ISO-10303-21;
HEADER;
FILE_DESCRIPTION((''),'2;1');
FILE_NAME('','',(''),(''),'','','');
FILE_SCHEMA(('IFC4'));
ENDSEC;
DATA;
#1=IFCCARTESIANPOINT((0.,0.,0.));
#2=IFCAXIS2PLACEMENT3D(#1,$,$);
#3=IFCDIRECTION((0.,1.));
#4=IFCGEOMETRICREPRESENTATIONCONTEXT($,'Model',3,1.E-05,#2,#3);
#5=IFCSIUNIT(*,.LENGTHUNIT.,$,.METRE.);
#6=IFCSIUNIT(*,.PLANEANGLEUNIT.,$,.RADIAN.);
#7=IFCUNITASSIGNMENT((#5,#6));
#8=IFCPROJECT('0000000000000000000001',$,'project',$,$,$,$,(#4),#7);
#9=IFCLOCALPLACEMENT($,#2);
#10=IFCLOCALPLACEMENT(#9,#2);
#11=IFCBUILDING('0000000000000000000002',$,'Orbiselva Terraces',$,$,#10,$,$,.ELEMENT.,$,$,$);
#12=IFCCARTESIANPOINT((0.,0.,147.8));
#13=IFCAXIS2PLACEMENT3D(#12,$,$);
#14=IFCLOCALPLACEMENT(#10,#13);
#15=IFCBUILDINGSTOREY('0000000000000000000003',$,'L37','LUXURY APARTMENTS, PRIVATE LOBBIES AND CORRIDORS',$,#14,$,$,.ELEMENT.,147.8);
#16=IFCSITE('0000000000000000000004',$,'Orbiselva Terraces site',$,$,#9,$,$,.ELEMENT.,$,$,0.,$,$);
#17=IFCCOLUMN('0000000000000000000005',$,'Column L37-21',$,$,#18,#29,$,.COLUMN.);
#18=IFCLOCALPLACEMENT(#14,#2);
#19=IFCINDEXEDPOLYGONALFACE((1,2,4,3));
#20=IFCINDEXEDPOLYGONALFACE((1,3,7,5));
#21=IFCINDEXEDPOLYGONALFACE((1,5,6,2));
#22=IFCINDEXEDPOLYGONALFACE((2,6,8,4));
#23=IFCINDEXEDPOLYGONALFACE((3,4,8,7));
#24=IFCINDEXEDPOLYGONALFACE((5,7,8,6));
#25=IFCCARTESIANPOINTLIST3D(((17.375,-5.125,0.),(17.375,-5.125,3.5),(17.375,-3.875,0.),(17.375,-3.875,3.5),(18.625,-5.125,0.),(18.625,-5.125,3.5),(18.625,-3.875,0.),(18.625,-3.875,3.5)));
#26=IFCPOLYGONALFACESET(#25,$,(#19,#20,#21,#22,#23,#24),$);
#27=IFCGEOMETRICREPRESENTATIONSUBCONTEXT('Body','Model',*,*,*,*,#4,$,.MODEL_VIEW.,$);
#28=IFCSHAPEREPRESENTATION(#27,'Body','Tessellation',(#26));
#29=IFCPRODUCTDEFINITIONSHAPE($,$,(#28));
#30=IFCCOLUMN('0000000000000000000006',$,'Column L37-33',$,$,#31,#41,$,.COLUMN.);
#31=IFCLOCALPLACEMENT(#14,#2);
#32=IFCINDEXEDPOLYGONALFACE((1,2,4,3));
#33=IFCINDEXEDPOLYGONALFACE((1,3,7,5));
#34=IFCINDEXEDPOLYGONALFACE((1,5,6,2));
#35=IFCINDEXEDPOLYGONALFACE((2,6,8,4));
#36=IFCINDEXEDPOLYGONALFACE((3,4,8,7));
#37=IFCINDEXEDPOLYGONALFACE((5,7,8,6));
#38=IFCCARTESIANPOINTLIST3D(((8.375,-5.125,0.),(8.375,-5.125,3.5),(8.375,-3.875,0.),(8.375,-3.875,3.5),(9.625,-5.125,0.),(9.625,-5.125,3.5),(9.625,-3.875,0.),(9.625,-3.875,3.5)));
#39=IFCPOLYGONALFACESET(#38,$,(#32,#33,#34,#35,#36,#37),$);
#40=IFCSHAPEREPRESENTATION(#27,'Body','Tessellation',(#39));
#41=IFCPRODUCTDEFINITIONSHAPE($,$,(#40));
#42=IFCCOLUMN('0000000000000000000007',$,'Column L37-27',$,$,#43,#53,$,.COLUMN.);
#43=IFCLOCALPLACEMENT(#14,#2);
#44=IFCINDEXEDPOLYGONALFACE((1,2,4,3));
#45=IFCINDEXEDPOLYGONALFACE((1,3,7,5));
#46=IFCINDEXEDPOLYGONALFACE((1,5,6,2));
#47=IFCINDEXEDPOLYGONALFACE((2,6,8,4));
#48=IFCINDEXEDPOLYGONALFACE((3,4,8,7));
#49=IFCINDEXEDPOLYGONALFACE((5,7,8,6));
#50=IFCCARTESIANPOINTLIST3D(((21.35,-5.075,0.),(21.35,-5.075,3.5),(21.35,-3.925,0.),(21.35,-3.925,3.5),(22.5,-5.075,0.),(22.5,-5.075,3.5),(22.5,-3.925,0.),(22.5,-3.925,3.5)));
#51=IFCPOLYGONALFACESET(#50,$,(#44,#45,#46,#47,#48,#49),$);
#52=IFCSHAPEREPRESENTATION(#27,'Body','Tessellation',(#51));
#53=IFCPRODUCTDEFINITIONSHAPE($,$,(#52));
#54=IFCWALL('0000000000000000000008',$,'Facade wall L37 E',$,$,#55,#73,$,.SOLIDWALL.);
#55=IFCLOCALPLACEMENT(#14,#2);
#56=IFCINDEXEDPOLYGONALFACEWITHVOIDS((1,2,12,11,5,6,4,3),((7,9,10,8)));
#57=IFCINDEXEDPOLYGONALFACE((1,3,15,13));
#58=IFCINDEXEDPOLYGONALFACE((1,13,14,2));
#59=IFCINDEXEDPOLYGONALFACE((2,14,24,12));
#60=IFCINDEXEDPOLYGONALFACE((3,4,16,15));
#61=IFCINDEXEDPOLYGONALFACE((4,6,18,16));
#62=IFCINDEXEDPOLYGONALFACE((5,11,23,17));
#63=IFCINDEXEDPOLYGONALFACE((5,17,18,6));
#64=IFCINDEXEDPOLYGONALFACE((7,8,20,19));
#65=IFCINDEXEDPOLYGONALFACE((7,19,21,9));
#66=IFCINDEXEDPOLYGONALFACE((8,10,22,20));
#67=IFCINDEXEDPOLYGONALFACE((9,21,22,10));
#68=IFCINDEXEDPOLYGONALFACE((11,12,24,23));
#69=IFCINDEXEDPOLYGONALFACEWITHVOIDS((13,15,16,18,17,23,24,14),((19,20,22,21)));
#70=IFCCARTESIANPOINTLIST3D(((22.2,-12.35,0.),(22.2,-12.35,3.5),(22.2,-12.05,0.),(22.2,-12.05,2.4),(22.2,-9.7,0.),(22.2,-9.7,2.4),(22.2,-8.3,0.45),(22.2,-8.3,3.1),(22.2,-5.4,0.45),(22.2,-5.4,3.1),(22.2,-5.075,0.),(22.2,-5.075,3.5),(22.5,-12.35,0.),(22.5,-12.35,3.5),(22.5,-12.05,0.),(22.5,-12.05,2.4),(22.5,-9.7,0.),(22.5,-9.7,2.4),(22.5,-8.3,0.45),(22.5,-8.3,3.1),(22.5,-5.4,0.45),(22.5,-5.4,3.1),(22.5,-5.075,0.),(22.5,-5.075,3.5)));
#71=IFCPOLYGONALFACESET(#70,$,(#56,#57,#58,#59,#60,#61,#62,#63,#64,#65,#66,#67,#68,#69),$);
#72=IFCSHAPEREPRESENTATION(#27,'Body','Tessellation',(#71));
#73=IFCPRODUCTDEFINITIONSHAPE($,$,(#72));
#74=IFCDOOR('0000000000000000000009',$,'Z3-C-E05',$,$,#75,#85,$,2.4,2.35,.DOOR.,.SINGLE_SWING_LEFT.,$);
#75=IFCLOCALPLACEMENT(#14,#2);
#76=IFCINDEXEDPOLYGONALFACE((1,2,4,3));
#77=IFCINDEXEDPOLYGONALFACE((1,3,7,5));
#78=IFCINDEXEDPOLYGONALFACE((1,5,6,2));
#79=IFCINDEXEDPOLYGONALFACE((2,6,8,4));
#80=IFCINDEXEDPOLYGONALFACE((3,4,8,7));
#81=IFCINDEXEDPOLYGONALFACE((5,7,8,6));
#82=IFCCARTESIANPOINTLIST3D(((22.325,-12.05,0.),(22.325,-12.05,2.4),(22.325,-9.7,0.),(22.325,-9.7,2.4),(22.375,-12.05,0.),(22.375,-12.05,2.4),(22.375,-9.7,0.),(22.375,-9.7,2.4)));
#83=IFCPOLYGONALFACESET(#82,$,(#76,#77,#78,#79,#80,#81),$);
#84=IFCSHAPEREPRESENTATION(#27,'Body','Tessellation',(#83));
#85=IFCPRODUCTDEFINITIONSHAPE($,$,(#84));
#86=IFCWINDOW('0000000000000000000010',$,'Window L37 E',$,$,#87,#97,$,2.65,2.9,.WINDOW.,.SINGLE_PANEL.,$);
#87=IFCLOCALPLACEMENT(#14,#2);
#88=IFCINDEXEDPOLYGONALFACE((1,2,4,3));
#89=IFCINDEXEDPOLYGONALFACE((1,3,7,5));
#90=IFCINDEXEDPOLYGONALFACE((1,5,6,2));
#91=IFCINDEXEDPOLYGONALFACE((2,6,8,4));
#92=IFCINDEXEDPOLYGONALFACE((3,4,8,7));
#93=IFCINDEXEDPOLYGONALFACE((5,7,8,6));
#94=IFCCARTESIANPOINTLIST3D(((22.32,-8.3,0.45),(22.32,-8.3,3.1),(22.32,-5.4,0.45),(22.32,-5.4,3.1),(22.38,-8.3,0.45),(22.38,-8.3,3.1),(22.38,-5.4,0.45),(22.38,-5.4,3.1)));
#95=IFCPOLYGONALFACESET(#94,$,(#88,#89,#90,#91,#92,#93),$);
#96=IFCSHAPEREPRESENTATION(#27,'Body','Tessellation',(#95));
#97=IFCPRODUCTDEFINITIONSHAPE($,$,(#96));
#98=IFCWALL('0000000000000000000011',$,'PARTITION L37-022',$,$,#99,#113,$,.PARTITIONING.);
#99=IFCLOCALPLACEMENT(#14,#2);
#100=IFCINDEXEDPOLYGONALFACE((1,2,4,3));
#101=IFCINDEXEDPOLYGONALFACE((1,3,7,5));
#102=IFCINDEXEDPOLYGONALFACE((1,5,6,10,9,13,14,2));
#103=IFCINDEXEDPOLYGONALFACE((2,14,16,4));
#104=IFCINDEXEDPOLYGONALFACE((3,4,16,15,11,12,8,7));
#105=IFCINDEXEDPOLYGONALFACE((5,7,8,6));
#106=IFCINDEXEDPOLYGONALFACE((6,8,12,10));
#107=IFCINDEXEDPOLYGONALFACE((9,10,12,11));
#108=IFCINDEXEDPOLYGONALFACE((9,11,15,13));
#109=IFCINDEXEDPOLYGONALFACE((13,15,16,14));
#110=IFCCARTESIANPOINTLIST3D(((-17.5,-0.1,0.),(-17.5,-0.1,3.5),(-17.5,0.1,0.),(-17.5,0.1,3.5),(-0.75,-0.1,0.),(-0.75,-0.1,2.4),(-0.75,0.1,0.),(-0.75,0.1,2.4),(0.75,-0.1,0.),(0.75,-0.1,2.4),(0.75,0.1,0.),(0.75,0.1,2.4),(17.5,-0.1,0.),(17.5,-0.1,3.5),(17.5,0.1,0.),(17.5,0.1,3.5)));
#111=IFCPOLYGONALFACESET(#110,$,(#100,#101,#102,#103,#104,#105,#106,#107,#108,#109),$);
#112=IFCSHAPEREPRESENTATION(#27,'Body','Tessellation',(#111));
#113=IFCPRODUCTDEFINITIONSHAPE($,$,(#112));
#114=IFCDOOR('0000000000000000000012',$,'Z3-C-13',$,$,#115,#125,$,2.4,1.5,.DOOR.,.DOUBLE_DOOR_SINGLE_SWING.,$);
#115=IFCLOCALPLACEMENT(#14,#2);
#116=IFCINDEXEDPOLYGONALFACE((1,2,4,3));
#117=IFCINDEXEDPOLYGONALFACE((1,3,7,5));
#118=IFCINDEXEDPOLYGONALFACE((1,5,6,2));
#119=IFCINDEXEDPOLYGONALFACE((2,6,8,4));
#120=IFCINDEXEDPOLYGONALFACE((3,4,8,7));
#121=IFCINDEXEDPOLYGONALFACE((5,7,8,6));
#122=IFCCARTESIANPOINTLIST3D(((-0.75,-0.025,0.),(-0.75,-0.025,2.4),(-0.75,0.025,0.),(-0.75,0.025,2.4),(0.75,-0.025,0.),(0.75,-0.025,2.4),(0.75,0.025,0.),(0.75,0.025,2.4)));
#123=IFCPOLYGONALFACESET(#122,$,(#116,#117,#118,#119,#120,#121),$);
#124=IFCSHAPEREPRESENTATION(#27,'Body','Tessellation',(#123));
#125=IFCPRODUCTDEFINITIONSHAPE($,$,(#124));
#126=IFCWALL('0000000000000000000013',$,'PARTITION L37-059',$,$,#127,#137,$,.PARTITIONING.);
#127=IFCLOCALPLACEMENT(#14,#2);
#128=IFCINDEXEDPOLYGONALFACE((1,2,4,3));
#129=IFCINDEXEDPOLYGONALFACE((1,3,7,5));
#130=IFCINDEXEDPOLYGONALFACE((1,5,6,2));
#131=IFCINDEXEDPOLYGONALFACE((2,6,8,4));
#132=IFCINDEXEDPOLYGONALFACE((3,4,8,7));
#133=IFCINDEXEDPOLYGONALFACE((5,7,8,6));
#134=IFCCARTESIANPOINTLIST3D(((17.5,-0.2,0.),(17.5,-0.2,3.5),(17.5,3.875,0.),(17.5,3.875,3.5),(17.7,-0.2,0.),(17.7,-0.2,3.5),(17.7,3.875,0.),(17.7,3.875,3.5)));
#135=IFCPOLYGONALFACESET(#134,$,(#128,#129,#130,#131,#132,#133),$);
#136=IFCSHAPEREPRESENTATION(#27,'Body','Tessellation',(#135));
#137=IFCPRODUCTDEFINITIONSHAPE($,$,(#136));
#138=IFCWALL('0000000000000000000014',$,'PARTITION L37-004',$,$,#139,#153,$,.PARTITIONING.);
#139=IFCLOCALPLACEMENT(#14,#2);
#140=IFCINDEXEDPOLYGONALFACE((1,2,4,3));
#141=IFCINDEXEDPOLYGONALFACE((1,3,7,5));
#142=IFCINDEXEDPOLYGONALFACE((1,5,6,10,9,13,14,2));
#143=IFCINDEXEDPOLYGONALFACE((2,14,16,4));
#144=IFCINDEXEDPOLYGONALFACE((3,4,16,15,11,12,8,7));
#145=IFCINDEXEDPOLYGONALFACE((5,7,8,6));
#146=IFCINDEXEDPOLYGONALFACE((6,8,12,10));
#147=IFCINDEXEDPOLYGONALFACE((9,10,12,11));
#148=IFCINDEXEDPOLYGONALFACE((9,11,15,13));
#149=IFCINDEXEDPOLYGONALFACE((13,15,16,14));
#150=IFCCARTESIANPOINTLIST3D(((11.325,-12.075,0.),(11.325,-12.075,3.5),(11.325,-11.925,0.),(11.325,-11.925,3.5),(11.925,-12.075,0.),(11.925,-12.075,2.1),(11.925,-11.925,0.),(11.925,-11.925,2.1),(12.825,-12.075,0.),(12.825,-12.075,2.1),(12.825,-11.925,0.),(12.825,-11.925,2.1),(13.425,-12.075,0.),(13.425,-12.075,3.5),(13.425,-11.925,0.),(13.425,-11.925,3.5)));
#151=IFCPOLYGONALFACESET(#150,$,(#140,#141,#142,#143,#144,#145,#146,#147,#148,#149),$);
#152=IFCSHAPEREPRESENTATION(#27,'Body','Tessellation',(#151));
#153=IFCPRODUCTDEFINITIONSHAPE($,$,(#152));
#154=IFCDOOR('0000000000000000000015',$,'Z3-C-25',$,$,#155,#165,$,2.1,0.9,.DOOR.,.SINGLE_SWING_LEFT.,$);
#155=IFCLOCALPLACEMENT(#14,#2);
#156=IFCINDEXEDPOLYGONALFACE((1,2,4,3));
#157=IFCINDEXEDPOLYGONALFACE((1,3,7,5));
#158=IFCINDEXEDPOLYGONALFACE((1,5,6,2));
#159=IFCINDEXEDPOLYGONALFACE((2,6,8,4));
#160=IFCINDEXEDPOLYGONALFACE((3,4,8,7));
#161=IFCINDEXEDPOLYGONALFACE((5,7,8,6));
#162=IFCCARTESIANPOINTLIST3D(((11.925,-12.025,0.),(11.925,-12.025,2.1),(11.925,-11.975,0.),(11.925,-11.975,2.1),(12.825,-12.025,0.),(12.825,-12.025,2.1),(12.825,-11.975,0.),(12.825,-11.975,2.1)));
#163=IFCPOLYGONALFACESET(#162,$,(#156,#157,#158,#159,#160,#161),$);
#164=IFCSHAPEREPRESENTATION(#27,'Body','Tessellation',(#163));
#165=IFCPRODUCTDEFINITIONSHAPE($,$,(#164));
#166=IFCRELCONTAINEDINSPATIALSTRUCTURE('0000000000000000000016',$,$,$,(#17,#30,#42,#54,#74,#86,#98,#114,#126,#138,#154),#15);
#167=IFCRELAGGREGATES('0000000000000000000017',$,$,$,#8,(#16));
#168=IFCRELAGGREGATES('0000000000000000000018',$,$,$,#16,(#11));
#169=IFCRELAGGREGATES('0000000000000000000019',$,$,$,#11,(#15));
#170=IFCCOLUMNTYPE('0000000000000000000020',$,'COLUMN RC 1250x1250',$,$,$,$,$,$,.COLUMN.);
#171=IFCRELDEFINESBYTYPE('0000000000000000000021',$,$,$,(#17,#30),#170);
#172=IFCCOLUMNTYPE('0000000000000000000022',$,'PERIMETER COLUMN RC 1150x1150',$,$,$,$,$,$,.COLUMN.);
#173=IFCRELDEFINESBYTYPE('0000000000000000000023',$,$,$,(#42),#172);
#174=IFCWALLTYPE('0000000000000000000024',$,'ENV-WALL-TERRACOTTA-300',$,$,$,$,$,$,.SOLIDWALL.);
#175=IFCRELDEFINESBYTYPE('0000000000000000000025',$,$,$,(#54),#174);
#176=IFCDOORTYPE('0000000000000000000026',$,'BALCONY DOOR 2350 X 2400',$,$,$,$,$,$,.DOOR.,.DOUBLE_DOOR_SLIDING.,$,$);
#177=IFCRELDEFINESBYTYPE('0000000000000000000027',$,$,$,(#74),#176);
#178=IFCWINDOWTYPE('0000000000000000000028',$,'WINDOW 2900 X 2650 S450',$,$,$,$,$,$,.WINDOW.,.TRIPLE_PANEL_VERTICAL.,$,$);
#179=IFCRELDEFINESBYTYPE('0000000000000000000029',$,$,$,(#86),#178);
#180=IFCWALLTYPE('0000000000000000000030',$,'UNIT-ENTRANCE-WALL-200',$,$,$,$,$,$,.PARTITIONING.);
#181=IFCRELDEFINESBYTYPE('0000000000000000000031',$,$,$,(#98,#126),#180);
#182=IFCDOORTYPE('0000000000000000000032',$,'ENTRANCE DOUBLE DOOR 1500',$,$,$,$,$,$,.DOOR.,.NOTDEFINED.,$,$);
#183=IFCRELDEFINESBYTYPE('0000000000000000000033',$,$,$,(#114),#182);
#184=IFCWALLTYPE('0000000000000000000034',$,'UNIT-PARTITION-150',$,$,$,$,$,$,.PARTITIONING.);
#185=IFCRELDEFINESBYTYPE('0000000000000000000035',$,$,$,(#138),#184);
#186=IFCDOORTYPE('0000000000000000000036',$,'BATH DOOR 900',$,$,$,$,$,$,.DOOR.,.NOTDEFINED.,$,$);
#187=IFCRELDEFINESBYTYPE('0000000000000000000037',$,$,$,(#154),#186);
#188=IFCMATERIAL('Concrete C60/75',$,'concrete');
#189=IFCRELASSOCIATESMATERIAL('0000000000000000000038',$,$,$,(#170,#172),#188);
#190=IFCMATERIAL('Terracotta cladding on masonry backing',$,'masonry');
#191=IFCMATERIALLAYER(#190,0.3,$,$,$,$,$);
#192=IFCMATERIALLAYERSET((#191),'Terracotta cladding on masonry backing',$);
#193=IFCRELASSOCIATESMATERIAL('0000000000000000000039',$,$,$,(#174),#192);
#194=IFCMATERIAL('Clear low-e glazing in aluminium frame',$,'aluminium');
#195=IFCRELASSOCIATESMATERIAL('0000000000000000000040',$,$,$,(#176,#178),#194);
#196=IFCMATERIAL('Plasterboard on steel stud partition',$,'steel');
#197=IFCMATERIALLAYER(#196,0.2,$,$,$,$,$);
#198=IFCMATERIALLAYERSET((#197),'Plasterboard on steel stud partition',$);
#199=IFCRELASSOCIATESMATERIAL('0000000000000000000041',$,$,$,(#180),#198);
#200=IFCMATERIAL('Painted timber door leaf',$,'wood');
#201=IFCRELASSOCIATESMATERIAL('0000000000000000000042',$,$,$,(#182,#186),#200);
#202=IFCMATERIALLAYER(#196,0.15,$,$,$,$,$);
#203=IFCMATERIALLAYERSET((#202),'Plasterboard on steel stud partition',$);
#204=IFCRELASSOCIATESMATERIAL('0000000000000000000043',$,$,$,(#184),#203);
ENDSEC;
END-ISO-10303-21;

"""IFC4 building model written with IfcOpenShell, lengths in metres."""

from ifc_helpers import new_model, si_unit, direction, frame, frame_2d, origin, origin_2d, place, context, subcontext, project, spatial, rectangle, extrude, material, layer, layer_set, material_profile, profile_set, type_object, element, fill, save


model = new_model("IFC4")

# Units and contexts
model_context = context("Model", 3, precision=1e-05, world=origin(), true_north=direction((0.0, 1.0)))
body_context = subcontext(model_context, "Body", "Model", "MODEL_VIEW")
ifc_project = project(units=[si_unit("LENGTHUNIT", "METRE"), si_unit("PLANEANGLEUNIT", "RADIAN")], contexts=[model_context])

# Site, building, storey
site_placement = place(None, origin())
site = spatial("IfcSite", under=ifc_project, at=site_placement, Name="Orbiselva Terraces site", CompositionType="ELEMENT", RefElevation=0.0)
building_placement = place(site_placement, origin())
building = spatial("IfcBuilding", under=site, at=building_placement, Name="Orbiselva Terraces", CompositionType="ELEMENT")
storey_placement = place(building_placement, frame((0.0, 0.0, 147.8)))
storey = spatial("IfcBuildingStorey", under=building, at=storey_placement, Name="L37", Description="LUXURY APARTMENTS, PRIVATE LOBBIES AND CORRIDORS", CompositionType="ELEMENT", Elevation=147.8)

# Columns
ifc_material_1 = material(Name="Concrete C60/75", Category="concrete")
ifc_material_profile_1 = material_profile(ifc_material_1, rectangle(XDim=1.25, YDim=1.25, at=origin_2d()), Name="RC 1250x1250")
ifc_profile_set_1 = profile_set([ifc_material_profile_1], Name="Concrete C60/75")
column_type_1 = type_object("IfcColumnType", Name="COLUMN RC 1250x1250", PredefinedType="COLUMN", material=ifc_profile_set_1)
for number, where, z_axis, x_axis, name in (
    (1, (18.0, -4.5, 0.0), (0.0, 0.0, 1.0), (1.0, 0.0, 0.0), "Column L37-21"),
    (2, (9.0, -4.5, 0.0), (0.0, 0.0, 1.0), (1.0, 0.0, 0.0), "Column L37-33"),
):
    element("IfcColumn", number, at=place(storey_placement, frame(where, z_axis=z_axis, x_axis=x_axis)), inside=storey, type_object=column_type_1, Name=name, PredefinedType="COLUMN", context=body_context, shape_type="SweptSolid", body=[
        extrude(rectangle(XDim=1.25, YDim=1.25, at=origin_2d()), origin(), (0.0, 0.0, 1.0), 3.5),
    ])
ifc_material_profile_2 = material_profile(ifc_material_1, rectangle(XDim=1.15, YDim=1.15, at=origin_2d()), Name="RC 1150x1150")
ifc_profile_set_2 = profile_set([ifc_material_profile_2], Name="Concrete C60/75")
column_type_2 = type_object("IfcColumnType", Name="PERIMETER COLUMN RC 1150x1150", PredefinedType="COLUMN", material=ifc_profile_set_2)
column_placement = place(storey_placement, frame((21.925, -4.5, 0.0), z_axis=(0.0, 0.0, 1.0), x_axis=(1.0, 0.0, 0.0)))
element("IfcColumn", 3, at=column_placement, inside=storey, type_object=column_type_2, Name="Column L37-27", PredefinedType="COLUMN", context=body_context, shape_type="SweptSolid", body=[
    extrude(rectangle(XDim=1.15, YDim=1.15, at=origin_2d()), origin(), (0.0, 0.0, 1.0), 3.5),
])

# Wall, openings, door, window
ifc_material_2 = material(Name="Terracotta cladding on masonry backing", Category="masonry")
ifc_layer_1 = layer(ifc_material_2, 0.3)
ifc_layer_set_1 = layer_set([ifc_layer_1], Name="Terracotta cladding on masonry backing")
wall_type_1 = type_object("IfcWallType", Name="ENV-WALL-TERRACOTTA-300", PredefinedType="SOLIDWALL", material=ifc_layer_set_1)
wall_1_placement = place(storey_placement, frame((22.35, -5.075, 0.0), z_axis=(0.0, 0.0, 1.0), x_axis=(0.0, -1.0, 0.0)))
wall_1 = element("IfcWall", 4, at=wall_1_placement, inside=storey, type_object=wall_type_1, Name="Facade wall L37 E", PredefinedType="SOLIDWALL", context=body_context, shape_type="SweptSolid", body=[
    extrude(rectangle(XDim=7.275, YDim=0.3, at=frame_2d((3.6375, 0.0))), origin(), (0.0, 0.0, 1.0), 3.5),
])
opening_1_placement = place(wall_1_placement, frame((4.625, 0.0, 0.0)))
opening_1 = element("IfcOpeningElement", 5, at=opening_1_placement, cuts=wall_1, PredefinedType="OPENING", context=body_context, shape_type="SweptSolid", body=[
    extrude(rectangle(XDim=2.35, YDim=2.4, at=frame_2d((1.175, 1.2))), frame((0.0, 0.16, 0.0), z_axis=(0.0, -1.0, 0.0), x_axis=(1.0, 0.0, 0.0)), (0.0, 0.0, 1.0), 0.32),
])
opening_2_placement = place(wall_1_placement, frame((0.325, 0.0, 0.45)))
opening_2 = element("IfcOpeningElement", 6, at=opening_2_placement, cuts=wall_1, PredefinedType="OPENING", context=body_context, shape_type="SweptSolid", body=[
    extrude(rectangle(XDim=2.9, YDim=2.65, at=frame_2d((1.45, 1.325))), frame((0.0, 0.16, 0.0), z_axis=(0.0, -1.0, 0.0), x_axis=(1.0, 0.0, 0.0)), (0.0, 0.0, 1.0), 0.32),
])
ifc_material_3 = material(Name="Clear low-e glazing in aluminium frame", Category="aluminium")
door_type_1 = type_object("IfcDoorType", Name="BALCONY DOOR 2350 X 2400", OperationType="DOUBLE_DOOR_SLIDING", PredefinedType="DOOR", material=ifc_material_3)
door_1_placement = place(opening_1_placement, origin())
door_1 = element("IfcDoor", 7, at=door_1_placement, inside=storey, type_object=door_type_1, Name="Z3-C-E05", OperationType="SINGLE_SWING_LEFT", OverallHeight=2.4, OverallWidth=2.35, PredefinedType="DOOR", context=body_context, shape_type="SweptSolid", body=[
    extrude(rectangle(XDim=2.35, YDim=2.4, at=frame_2d((1.175, 1.2))), frame((0.0, 0.025, 0.0), z_axis=(0.0, -1.0, 0.0), x_axis=(1.0, 0.0, 0.0)), (0.0, 0.0, 1.0), 0.05),
])
fill(opening_1, door_1)
window_type = type_object("IfcWindowType", Name="WINDOW 2900 X 2650 S450", PartitioningType="TRIPLE_PANEL_VERTICAL", PredefinedType="WINDOW", material=ifc_material_3)
window_placement = place(opening_2_placement, origin())
window = element("IfcWindow", 8, at=window_placement, inside=storey, type_object=window_type, Name="Window L37 E", OverallHeight=2.65, OverallWidth=2.9, PartitioningType="SINGLE_PANEL", PredefinedType="WINDOW", context=body_context, shape_type="SweptSolid", body=[
    extrude(rectangle(XDim=2.9, YDim=2.65, at=frame_2d((1.45, 1.325))), frame((0.0, 0.03, 0.0), z_axis=(0.0, -1.0, 0.0), x_axis=(1.0, 0.0, 0.0)), (0.0, 0.0, 1.0), 0.06),
])
fill(opening_2, window)

# Wall, opening, door
ifc_material_4 = material(Name="Plasterboard on steel stud partition", Category="steel")
ifc_layer_2 = layer(ifc_material_4, 0.2)
ifc_layer_set_2 = layer_set([ifc_layer_2], Name="Plasterboard on steel stud partition")
wall_type_2 = type_object("IfcWallType", Name="UNIT-ENTRANCE-WALL-200", PredefinedType="PARTITIONING", material=ifc_layer_set_2)
wall_2_placement = place(storey_placement, frame((17.5, 0.0, 0.0), z_axis=(0.0, 0.0, 1.0), x_axis=(-1.0, 0.0, 0.0)))
wall_2 = element("IfcWall", 9, at=wall_2_placement, inside=storey, type_object=wall_type_2, Name="PARTITION L37-022", PredefinedType="PARTITIONING", context=body_context, shape_type="SweptSolid", body=[
    extrude(rectangle(XDim=35.0, YDim=0.2, at=frame_2d((17.5, 0.0))), origin(), (0.0, 0.0, 1.0), 3.5),
])
opening_3_placement = place(wall_2_placement, frame((16.75, 0.0, 0.0)))
opening_3 = element("IfcOpeningElement", 10, at=opening_3_placement, cuts=wall_2, PredefinedType="OPENING", context=body_context, shape_type="SweptSolid", body=[
    extrude(rectangle(XDim=1.5, YDim=2.4, at=frame_2d((0.75, 1.2))), frame((0.0, 0.11, 0.0), z_axis=(0.0, -1.0, 0.0), x_axis=(1.0, 0.0, 0.0)), (0.0, 0.0, 1.0), 0.22),
])
ifc_material_5 = material(Name="Painted timber door leaf", Category="wood")
door_type_2 = type_object("IfcDoorType", Name="ENTRANCE DOUBLE DOOR 1500", OperationType="NOTDEFINED", PredefinedType="DOOR", material=ifc_material_5)
door_2_placement = place(opening_3_placement, origin())
door_2 = element("IfcDoor", 11, at=door_2_placement, inside=storey, type_object=door_type_2, Name="Z3-C-13", OperationType="DOUBLE_DOOR_SINGLE_SWING", OverallHeight=2.4, OverallWidth=1.5, PredefinedType="DOOR", context=body_context, shape_type="SweptSolid", body=[
    extrude(rectangle(XDim=1.5, YDim=2.4, at=frame_2d((0.75, 1.2))), frame((0.0, 0.025, 0.0), z_axis=(0.0, -1.0, 0.0), x_axis=(1.0, 0.0, 0.0)), (0.0, 0.0, 1.0), 0.05),
])
fill(opening_3, door_2)

# Wall
wall_3_placement = place(storey_placement, frame((17.6, -0.2, 0.0), z_axis=(0.0, 0.0, 1.0), x_axis=(0.0, 1.0, 0.0)))
element("IfcWall", 12, at=wall_3_placement, inside=storey, type_object=wall_type_2, Name="PARTITION L37-059", PredefinedType="PARTITIONING", context=body_context, shape_type="SweptSolid", body=[
    extrude(rectangle(XDim=4.075, YDim=0.2, at=frame_2d((2.0375, 0.0))), origin(), (0.0, 0.0, 1.0), 3.5),
])

# Wall, opening, door
ifc_layer_3 = layer(ifc_material_4, 0.15)
ifc_layer_set_3 = layer_set([ifc_layer_3], Name="Plasterboard on steel stud partition")
wall_type_3 = type_object("IfcWallType", Name="UNIT-PARTITION-150", PredefinedType="PARTITIONING", material=ifc_layer_set_3)
wall_4_placement = place(storey_placement, frame((11.325, -12.0, 0.0), z_axis=(0.0, 0.0, 1.0), x_axis=(1.0, 0.0, 0.0)))
wall_4 = element("IfcWall", 13, at=wall_4_placement, inside=storey, type_object=wall_type_3, Name="PARTITION L37-004", PredefinedType="PARTITIONING", context=body_context, shape_type="SweptSolid", body=[
    extrude(rectangle(XDim=2.1, YDim=0.15, at=frame_2d((1.05, 0.0))), origin(), (0.0, 0.0, 1.0), 3.5),
])
opening_4_placement = place(wall_4_placement, frame((0.6, 0.0, 0.0)))
opening_4 = element("IfcOpeningElement", 14, at=opening_4_placement, cuts=wall_4, PredefinedType="OPENING", context=body_context, shape_type="SweptSolid", body=[
    extrude(rectangle(XDim=0.9, YDim=2.1, at=frame_2d((0.45, 1.05))), frame((0.0, 0.085, 0.0), z_axis=(0.0, -1.0, 0.0), x_axis=(1.0, 0.0, 0.0)), (0.0, 0.0, 1.0), 0.17),
])
door_type_3 = type_object("IfcDoorType", Name="BATH DOOR 900", OperationType="NOTDEFINED", PredefinedType="DOOR", material=ifc_material_5)
door_3_placement = place(opening_4_placement, origin())
door_3 = element("IfcDoor", 15, at=door_3_placement, inside=storey, type_object=door_type_3, Name="Z3-C-25", OperationType="SINGLE_SWING_LEFT", OverallHeight=2.1, OverallWidth=0.9, PredefinedType="DOOR", context=body_context, shape_type="SweptSolid", body=[
    extrude(rectangle(XDim=0.9, YDim=2.1, at=frame_2d((0.45, 1.05))), frame((0.0, 0.025, 0.0), z_axis=(0.0, -1.0, 0.0), x_axis=(1.0, 0.0, 0.0)), (0.0, 0.0, 1.0), 0.05),
])
fill(opening_4, door_3)

save(model, "model.ifc")
